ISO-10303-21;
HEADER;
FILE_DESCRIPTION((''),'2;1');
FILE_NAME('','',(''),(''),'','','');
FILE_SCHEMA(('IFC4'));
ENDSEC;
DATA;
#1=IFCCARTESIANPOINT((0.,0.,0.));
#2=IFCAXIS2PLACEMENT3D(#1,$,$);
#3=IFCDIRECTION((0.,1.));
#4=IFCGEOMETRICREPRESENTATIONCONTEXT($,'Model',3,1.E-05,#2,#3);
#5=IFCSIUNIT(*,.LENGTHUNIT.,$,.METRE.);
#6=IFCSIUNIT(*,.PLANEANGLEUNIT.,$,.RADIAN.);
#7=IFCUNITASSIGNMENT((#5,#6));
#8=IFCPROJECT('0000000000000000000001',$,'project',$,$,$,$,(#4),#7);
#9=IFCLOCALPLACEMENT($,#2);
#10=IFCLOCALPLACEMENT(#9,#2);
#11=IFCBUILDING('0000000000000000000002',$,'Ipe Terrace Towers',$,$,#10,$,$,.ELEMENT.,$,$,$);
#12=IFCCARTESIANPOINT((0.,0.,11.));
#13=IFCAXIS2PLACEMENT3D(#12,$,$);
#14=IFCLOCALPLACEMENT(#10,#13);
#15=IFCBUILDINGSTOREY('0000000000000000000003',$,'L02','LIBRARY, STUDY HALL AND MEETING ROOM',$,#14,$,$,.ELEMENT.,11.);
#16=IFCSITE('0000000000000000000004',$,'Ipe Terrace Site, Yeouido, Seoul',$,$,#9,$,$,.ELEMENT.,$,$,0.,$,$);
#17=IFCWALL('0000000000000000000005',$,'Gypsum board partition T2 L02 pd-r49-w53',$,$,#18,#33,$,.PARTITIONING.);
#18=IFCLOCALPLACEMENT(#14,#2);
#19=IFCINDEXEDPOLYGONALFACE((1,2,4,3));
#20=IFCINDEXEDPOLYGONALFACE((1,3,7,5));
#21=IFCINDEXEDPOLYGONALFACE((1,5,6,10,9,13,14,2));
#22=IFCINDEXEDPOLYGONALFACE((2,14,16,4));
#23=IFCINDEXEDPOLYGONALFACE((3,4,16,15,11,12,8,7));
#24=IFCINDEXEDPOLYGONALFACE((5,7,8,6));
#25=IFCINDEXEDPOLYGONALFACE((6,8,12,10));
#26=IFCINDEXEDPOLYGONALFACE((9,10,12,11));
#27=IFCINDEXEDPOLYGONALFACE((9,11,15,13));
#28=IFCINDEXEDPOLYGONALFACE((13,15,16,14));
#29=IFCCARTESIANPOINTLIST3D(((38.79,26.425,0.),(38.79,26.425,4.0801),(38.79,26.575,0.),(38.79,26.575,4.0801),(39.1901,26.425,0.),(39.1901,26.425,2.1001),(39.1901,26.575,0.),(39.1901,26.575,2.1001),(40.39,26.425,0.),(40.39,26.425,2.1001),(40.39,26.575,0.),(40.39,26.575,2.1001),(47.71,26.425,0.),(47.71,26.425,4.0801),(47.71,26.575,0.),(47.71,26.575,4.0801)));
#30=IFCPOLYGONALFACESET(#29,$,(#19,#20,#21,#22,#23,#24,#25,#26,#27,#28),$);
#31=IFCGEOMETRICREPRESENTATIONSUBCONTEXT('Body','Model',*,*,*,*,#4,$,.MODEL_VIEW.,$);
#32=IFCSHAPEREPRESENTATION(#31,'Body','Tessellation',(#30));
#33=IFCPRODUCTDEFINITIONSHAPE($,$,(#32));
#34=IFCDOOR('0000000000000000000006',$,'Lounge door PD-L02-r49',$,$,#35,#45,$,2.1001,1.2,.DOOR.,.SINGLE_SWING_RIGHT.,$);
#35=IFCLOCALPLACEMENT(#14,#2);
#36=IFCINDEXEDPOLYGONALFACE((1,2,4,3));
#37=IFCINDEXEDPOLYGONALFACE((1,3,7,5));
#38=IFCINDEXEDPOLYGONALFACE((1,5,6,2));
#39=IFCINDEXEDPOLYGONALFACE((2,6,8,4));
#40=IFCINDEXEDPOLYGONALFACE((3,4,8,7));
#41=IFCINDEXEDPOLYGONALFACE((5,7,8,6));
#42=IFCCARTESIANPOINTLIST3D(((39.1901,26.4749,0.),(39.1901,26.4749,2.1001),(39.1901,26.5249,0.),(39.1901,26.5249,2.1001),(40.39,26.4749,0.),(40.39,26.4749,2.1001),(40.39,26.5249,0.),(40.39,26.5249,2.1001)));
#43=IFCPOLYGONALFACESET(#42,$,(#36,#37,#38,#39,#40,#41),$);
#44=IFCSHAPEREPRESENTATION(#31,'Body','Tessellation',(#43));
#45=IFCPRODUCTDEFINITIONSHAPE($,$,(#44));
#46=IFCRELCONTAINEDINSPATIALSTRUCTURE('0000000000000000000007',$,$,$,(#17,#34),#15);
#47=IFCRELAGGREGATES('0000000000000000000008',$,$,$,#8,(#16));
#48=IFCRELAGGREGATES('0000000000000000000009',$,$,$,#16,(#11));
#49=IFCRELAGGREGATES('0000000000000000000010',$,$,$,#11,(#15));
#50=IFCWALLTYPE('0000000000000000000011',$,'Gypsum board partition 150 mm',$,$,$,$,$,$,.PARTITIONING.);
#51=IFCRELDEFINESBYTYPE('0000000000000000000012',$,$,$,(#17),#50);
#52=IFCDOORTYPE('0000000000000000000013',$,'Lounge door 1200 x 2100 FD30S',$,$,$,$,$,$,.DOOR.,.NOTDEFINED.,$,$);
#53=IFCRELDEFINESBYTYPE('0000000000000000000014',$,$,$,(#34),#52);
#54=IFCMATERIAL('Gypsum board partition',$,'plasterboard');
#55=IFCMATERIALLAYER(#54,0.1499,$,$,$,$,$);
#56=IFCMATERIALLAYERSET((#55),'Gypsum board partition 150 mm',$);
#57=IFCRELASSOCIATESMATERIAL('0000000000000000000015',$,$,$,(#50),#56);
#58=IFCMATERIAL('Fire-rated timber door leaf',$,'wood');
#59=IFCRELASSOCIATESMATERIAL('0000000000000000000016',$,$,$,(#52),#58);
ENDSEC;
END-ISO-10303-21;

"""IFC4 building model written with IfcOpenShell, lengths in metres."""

from ifc_helpers import new_model, si_unit, direction, frame, frame_2d, origin, place, context, subcontext, project, spatial, rectangle, extrude, material, layer, layer_set, type_object, element, fill, save


model = new_model("IFC4")

# Units and contexts
model_context = context("Model", 3, precision=1e-05, world=origin(), true_north=direction((0.0, 1.0)))
body_context = subcontext(model_context, "Body", "Model", "MODEL_VIEW")
ifc_project = project(units=[si_unit("LENGTHUNIT", "METRE"), si_unit("PLANEANGLEUNIT", "RADIAN")], contexts=[model_context])

# Site, building, storey
site_placement = place(None, origin())
site = spatial("IfcSite", under=ifc_project, at=site_placement, Name="Ipe Terrace Site, Yeouido, Seoul", CompositionType="ELEMENT", RefElevation=0.0)
building_placement = place(site_placement, origin())
building = spatial("IfcBuilding", under=site, at=building_placement, Name="Ipe Terrace Towers", CompositionType="ELEMENT")
storey_placement = place(building_placement, frame((0.0, 0.0, 11.0)))
storey = spatial("IfcBuildingStorey", under=building, at=storey_placement, Name="L02", Description="LIBRARY, STUDY HALL AND MEETING ROOM", CompositionType="ELEMENT", Elevation=11.0)

# Shared definitions
ifc_material_1 = material(Name="Gypsum board partition", Category="plasterboard")
ifc_layer_1 = layer(ifc_material_1, 0.1499)
ifc_layer_set_1 = layer_set([ifc_layer_1], Name="Gypsum board partition 150 mm")
wall_type = type_object("IfcWallType", Name="Gypsum board partition 150 mm", PredefinedType="PARTITIONING", material=ifc_layer_set_1)

# Shared definitions
ifc_material_2 = material(Name="Fire-rated timber door leaf", Category="wood")
door_type_1 = type_object("IfcDoorType", Name="Lounge door 1200 x 2100 FD30S", OperationType="NOTDEFINED", PredefinedType="DOOR", material=ifc_material_2)

# Wall, opening, door
wall_1_placement = place(storey_placement, frame((38.79, 26.5, 0.0), z_axis=(0.0, 0.0, 1.0), x_axis=(1.0, 0.0, 0.0)))
wall_1 = element("IfcWall", 1, at=wall_1_placement, inside=storey, type_object=wall_type, Name="Gypsum board partition T2 L02 pd-r49-w53", PredefinedType="PARTITIONING", context=body_context, shape_type="SweptSolid", body=[
    extrude(rectangle(XDim=8.9199, YDim=0.1499, at=frame_2d((4.46, 0.0))), origin(), (0.0, 0.0, 1.0), 4.0801),
])
opening_1_placement = place(wall_1_placement, frame((0.3999, 0.0, 0.0)))
opening_1 = element("IfcOpeningElement", 2, at=opening_1_placement, cuts=wall_1, PredefinedType="OPENING", context=body_context, shape_type="SweptSolid", body=[
    extrude(rectangle(XDim=1.2, YDim=2.1001, at=frame_2d((0.6001, 1.05))), frame((0.0, 0.085, 0.0), z_axis=(0.0, -1.0, 0.0), x_axis=(1.0, 0.0, 0.0)), (0.0, 0.0, 1.0), 0.1699),
])
door_1_placement = place(opening_1_placement, origin())
door_1 = element("IfcDoor", 3, at=door_1_placement, inside=storey, type_object=door_type_1, Name="Lounge door PD-L02-r49", OperationType="SINGLE_SWING_RIGHT", OverallHeight=2.1001, OverallWidth=1.2, PredefinedType="DOOR", context=body_context, shape_type="SweptSolid", body=[
    extrude(rectangle(XDim=1.2, YDim=2.1001, at=frame_2d((0.6001, 1.05))), frame((0.0, 0.0249, 0.0), z_axis=(0.0, -1.0, 0.0), x_axis=(1.0, 0.0, 0.0)), (0.0, 0.0, 1.0), 0.05),
])
fill(opening_1, door_1)

save(model, "model.ifc")
